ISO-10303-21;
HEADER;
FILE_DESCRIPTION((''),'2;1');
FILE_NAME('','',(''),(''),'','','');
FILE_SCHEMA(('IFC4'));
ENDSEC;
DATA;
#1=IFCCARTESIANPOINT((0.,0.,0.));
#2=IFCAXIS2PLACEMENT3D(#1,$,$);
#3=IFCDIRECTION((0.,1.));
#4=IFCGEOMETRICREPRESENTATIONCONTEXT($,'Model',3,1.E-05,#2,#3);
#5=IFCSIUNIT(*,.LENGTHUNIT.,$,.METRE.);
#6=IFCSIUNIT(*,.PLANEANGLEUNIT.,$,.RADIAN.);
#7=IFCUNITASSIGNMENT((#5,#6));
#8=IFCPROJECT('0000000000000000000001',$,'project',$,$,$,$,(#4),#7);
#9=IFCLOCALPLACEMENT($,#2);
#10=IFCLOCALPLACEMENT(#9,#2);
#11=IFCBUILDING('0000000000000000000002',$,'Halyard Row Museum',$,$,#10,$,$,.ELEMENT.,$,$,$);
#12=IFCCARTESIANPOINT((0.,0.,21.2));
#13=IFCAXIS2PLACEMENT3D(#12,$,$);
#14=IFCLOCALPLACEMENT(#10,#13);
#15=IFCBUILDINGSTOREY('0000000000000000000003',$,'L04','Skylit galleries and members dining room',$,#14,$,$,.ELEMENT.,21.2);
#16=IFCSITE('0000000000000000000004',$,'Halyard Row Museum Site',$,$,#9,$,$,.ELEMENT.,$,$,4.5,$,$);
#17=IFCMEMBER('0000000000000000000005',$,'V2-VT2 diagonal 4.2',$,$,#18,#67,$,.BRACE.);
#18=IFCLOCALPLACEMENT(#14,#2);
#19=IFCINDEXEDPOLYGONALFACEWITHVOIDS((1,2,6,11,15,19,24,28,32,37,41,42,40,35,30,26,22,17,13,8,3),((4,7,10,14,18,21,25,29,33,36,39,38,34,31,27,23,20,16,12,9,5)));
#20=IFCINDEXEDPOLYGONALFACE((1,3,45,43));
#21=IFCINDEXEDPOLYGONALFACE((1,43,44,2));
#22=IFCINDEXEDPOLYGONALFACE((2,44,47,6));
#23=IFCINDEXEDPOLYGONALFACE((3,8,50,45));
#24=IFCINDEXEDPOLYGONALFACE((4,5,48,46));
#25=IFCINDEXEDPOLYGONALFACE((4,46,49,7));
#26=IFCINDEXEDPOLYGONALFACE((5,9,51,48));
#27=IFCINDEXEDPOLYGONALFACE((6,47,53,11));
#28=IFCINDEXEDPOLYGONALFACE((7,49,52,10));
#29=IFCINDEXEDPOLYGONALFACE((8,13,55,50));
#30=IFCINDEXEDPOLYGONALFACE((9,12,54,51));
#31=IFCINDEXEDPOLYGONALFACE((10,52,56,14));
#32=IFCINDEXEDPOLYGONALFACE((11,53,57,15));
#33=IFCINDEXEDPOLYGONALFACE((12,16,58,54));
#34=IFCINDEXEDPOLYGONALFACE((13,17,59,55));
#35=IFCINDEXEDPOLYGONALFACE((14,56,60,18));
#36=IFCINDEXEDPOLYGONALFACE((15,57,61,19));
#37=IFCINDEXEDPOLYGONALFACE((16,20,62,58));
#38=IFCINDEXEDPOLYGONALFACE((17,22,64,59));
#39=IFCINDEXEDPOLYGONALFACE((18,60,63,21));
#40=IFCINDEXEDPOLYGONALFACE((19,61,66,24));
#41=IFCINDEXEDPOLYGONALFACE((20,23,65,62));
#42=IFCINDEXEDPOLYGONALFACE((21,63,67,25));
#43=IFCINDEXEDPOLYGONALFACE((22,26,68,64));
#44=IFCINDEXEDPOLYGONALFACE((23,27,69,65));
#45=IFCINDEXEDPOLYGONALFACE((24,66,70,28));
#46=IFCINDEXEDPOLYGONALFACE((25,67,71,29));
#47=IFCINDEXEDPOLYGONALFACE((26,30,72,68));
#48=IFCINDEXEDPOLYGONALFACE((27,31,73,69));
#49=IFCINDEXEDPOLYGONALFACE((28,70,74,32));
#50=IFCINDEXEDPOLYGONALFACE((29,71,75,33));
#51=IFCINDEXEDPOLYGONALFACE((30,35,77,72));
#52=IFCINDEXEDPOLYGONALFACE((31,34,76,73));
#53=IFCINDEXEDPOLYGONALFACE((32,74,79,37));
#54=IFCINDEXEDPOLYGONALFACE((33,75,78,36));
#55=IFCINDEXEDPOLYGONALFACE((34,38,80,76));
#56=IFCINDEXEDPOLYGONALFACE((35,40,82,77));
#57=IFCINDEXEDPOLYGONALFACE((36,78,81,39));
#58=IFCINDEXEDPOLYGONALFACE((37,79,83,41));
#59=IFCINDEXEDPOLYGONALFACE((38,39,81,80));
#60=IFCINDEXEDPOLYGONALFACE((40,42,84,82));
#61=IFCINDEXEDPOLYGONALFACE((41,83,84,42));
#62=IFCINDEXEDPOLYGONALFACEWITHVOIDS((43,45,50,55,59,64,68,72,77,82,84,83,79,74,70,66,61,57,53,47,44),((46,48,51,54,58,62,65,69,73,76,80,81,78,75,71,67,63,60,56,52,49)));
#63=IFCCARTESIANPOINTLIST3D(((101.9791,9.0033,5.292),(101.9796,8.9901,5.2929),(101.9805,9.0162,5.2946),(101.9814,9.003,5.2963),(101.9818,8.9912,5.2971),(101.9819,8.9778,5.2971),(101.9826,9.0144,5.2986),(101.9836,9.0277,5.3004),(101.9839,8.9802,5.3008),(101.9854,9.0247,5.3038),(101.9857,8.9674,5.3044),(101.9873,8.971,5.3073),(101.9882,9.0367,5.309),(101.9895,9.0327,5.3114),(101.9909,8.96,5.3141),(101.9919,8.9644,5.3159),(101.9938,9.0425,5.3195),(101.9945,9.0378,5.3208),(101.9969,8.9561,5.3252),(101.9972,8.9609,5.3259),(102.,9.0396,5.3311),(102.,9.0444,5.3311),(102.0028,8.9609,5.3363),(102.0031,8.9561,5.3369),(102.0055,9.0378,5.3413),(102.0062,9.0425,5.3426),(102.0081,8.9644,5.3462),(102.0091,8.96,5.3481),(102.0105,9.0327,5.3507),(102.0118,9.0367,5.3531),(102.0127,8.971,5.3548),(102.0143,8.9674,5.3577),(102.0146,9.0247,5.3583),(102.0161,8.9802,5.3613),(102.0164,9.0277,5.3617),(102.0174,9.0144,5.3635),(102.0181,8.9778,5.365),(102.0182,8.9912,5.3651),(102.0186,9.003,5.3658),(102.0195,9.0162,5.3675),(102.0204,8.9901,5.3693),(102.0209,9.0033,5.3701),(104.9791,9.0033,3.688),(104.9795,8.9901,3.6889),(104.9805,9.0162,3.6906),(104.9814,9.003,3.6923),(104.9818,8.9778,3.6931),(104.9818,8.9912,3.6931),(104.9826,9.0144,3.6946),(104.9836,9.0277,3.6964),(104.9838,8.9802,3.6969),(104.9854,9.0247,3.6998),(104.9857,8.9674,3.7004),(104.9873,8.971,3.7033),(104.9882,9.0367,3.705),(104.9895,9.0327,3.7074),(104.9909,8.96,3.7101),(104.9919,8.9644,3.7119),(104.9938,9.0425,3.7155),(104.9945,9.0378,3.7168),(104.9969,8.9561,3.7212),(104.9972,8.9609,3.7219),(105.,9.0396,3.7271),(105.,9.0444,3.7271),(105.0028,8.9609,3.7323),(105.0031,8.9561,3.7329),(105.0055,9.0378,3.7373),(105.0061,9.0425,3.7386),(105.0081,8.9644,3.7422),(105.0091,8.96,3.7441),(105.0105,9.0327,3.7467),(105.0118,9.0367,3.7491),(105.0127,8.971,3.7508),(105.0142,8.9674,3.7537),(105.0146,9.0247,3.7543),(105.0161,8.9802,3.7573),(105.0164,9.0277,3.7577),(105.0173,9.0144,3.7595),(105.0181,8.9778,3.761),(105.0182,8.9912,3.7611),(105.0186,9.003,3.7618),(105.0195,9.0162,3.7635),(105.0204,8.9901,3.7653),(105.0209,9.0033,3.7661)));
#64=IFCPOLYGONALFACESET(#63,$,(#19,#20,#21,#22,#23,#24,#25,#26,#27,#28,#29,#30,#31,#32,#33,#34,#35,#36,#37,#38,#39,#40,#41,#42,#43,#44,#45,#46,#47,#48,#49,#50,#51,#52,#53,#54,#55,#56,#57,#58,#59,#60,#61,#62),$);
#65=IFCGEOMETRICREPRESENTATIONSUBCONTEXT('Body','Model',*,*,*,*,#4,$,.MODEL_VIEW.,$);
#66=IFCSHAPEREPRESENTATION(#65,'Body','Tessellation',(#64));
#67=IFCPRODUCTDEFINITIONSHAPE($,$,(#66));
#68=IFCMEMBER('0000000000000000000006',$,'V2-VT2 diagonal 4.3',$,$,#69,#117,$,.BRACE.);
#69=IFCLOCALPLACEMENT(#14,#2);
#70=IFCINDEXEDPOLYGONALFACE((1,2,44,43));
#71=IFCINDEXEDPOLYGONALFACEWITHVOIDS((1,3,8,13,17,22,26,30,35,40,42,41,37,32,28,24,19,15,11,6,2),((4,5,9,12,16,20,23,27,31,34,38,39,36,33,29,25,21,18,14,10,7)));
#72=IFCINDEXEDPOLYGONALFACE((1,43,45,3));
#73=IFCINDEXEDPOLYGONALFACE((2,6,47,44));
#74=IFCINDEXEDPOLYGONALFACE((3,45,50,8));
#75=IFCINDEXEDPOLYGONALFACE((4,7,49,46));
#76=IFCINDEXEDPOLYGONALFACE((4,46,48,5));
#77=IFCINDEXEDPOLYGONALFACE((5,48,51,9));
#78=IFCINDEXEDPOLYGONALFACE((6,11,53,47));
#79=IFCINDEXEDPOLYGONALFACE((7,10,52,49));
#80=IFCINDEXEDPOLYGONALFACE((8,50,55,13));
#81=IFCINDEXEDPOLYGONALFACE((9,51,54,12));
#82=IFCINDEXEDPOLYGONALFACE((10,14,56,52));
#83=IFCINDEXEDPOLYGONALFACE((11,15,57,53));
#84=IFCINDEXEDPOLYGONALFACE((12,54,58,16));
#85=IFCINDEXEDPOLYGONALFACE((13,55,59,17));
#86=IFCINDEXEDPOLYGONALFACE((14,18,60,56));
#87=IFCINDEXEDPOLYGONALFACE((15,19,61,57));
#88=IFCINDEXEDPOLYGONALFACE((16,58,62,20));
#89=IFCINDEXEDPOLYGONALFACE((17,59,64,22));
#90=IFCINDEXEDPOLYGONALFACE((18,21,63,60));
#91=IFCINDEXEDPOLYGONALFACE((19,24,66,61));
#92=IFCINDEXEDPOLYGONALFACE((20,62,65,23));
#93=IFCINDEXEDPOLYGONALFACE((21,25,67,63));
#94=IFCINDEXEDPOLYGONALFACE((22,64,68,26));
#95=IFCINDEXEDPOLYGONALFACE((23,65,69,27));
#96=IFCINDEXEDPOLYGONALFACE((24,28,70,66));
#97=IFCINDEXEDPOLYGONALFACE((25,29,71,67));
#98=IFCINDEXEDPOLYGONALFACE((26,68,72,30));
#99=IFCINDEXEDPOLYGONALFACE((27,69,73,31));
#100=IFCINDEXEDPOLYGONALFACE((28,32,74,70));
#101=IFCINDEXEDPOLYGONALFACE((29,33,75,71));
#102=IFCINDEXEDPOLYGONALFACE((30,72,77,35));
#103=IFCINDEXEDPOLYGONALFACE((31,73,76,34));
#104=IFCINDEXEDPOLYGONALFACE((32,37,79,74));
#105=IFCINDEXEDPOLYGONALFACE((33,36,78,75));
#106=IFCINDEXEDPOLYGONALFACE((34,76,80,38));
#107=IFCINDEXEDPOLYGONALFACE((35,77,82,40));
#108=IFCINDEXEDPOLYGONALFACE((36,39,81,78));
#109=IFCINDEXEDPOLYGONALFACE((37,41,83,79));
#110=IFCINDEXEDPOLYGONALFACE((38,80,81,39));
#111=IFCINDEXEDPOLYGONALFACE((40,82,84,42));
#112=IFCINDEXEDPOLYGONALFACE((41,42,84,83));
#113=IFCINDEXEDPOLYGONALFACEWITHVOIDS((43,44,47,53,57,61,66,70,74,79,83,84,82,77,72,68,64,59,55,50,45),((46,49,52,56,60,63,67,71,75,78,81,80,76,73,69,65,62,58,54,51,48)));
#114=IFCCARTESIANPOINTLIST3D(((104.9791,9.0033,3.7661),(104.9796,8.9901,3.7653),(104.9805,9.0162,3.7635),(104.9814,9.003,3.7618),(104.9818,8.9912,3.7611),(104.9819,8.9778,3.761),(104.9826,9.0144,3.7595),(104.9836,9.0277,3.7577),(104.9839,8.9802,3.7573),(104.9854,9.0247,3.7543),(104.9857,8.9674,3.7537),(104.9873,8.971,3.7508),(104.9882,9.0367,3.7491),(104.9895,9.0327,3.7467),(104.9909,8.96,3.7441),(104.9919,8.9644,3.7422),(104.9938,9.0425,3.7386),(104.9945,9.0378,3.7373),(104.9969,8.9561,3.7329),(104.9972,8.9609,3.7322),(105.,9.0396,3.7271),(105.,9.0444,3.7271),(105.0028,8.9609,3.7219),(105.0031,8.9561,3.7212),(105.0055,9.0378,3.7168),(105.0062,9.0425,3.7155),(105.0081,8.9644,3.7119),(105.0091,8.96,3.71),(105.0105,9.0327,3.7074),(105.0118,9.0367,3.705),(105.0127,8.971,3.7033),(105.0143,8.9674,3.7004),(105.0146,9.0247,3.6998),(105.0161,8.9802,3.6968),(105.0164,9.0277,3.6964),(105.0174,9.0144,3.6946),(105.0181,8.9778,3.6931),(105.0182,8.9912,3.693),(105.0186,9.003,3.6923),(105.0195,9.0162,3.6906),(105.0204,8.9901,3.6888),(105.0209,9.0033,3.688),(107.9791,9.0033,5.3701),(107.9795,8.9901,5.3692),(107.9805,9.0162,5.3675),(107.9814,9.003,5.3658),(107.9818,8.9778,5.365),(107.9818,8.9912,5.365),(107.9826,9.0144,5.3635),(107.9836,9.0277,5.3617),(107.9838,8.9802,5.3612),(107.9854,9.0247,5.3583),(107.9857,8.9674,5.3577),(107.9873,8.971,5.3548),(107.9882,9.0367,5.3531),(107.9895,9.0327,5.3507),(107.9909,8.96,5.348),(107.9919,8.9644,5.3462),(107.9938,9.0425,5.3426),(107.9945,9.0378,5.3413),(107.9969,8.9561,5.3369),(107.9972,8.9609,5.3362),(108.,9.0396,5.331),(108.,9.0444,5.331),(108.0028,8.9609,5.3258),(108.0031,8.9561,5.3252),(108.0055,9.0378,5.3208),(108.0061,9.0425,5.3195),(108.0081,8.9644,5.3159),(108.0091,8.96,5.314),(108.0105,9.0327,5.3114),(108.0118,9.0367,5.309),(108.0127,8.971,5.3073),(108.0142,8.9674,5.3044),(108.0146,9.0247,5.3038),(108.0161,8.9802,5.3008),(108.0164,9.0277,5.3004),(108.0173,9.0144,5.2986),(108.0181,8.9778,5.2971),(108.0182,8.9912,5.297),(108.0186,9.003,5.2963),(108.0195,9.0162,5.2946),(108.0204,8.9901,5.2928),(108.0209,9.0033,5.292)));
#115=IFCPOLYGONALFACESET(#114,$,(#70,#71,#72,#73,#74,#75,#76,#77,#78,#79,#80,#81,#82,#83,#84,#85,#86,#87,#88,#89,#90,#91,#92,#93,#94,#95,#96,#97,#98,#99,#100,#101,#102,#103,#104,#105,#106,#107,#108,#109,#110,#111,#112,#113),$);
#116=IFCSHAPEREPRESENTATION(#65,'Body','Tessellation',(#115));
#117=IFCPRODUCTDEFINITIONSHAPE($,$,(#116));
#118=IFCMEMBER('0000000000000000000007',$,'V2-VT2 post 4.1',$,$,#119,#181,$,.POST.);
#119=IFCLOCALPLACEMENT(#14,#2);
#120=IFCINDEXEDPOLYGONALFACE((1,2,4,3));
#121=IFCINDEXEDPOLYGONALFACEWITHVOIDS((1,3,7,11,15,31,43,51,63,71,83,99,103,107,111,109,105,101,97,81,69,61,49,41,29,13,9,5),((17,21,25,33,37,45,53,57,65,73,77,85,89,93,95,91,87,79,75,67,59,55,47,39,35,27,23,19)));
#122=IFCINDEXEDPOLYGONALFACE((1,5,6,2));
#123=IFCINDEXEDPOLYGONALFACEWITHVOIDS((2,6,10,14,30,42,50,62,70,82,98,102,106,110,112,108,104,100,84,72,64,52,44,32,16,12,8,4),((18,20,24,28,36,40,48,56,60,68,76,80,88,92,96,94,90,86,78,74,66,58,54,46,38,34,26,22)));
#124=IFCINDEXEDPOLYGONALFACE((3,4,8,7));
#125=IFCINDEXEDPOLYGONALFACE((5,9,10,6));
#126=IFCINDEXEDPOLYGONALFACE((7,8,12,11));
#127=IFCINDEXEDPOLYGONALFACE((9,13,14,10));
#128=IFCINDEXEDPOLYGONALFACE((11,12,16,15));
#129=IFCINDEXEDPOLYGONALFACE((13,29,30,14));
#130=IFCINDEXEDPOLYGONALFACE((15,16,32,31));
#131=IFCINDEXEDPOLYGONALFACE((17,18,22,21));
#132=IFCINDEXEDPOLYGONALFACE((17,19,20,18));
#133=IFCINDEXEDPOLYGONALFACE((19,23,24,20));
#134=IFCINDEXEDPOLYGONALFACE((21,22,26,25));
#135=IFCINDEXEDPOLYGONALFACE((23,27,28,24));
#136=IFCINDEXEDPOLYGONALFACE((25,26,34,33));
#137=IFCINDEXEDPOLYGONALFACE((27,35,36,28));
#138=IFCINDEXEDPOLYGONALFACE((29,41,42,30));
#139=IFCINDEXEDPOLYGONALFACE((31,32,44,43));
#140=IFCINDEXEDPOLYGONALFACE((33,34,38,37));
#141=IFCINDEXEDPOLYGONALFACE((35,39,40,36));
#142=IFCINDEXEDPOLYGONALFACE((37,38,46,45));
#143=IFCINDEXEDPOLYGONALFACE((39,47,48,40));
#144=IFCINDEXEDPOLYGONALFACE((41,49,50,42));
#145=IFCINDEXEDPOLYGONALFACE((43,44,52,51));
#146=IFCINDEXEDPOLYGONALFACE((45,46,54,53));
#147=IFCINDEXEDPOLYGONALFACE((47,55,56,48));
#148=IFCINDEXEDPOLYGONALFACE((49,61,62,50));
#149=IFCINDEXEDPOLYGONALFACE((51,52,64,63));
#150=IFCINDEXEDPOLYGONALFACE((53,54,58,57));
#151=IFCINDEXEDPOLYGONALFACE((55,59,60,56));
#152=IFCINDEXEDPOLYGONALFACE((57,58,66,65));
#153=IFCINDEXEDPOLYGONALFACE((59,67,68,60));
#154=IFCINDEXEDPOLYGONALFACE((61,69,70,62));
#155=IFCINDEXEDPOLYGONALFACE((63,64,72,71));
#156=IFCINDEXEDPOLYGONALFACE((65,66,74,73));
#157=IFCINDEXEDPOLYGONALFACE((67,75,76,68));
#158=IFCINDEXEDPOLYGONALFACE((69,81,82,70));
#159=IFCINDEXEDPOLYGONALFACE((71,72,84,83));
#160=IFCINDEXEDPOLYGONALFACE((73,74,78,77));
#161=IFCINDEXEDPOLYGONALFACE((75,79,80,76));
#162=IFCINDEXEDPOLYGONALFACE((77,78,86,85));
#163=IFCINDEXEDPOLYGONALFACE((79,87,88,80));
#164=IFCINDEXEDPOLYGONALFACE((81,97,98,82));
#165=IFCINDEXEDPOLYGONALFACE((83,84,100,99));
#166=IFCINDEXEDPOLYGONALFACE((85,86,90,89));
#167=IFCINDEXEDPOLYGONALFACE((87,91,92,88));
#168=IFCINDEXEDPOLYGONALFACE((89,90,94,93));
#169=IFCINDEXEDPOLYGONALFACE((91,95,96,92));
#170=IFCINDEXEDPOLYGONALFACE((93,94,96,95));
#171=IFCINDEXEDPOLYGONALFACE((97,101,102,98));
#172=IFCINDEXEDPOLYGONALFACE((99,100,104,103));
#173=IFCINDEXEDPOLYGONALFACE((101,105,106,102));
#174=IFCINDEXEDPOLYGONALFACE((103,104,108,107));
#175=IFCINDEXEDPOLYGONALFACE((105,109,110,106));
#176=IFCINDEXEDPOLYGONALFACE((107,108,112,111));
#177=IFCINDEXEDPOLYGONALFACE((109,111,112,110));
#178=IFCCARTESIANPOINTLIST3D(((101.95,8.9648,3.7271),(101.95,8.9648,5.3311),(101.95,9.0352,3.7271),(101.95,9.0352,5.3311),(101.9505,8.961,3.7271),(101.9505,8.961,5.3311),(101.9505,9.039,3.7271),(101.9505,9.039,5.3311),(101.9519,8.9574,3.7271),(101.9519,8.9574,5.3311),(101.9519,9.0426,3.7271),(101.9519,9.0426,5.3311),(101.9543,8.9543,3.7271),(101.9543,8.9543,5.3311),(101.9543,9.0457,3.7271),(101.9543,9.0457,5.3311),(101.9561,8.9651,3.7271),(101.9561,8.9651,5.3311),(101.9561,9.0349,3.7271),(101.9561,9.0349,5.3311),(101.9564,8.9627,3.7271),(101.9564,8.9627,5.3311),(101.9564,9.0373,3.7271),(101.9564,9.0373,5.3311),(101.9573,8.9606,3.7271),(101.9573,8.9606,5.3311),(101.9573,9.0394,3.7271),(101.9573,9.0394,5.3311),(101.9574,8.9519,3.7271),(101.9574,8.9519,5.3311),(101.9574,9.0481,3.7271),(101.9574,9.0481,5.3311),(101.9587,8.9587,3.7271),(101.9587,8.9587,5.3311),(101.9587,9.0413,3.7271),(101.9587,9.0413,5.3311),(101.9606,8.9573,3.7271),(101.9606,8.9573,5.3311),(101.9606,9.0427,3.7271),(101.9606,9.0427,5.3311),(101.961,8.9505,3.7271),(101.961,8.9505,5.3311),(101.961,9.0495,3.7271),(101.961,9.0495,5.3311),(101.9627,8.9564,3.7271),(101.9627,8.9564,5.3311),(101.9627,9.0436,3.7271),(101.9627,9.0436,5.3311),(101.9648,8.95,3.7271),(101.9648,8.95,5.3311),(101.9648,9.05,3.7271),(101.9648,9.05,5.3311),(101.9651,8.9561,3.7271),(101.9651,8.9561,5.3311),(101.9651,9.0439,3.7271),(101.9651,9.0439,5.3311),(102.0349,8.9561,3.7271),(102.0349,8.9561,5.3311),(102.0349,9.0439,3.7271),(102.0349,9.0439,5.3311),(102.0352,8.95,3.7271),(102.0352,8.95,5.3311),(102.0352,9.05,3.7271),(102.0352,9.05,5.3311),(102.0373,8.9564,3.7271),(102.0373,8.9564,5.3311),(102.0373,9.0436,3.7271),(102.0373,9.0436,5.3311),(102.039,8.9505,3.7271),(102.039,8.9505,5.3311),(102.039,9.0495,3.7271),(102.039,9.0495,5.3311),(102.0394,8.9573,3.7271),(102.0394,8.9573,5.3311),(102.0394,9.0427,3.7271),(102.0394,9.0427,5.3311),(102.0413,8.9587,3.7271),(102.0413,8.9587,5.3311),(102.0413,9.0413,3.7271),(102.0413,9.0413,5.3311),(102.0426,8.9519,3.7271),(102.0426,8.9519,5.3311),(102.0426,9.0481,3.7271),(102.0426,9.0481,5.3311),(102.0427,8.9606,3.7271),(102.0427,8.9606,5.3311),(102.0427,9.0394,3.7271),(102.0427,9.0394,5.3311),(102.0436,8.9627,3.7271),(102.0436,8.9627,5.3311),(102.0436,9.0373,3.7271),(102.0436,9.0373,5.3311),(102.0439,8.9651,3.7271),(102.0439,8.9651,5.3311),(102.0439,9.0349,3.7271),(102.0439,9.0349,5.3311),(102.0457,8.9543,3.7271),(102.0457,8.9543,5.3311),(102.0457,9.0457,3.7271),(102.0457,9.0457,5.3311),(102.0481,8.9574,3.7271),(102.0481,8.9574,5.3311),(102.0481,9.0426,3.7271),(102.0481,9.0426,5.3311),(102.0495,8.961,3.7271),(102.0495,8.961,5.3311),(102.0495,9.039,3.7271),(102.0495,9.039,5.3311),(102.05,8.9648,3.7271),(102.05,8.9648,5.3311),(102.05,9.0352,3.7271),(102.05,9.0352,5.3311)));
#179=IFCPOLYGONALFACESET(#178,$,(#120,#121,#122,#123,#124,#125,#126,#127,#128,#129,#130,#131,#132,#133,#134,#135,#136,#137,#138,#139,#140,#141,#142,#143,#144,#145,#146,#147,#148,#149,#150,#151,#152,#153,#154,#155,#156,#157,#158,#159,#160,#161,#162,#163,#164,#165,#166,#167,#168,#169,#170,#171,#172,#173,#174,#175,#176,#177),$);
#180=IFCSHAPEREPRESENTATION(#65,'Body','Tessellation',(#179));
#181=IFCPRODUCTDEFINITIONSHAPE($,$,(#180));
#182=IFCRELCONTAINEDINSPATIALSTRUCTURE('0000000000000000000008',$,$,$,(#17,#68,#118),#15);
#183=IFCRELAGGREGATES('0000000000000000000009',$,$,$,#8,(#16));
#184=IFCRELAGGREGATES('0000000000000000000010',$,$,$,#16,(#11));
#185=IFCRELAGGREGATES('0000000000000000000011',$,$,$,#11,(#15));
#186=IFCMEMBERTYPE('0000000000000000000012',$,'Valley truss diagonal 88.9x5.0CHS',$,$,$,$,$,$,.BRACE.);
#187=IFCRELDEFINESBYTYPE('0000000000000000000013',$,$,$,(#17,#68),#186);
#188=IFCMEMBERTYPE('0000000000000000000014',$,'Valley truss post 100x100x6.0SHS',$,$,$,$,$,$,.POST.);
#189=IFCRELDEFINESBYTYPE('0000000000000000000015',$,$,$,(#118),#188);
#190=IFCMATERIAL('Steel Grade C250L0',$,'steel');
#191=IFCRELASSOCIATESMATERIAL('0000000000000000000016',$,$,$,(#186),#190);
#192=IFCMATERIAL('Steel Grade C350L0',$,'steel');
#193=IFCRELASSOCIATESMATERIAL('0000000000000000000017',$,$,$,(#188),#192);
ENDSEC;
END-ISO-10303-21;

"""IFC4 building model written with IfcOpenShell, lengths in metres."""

from ifc_helpers import new_model, si_unit, direction, frame, origin, origin_2d, place, context, subcontext, project, spatial, hollow_rectangle, hollow_circle, extrude, material, material_profile, profile_set, type_object, element, save


model = new_model("IFC4")

# Units and contexts
model_context = context("Model", 3, precision=1e-05, world=origin(), true_north=direction((0.0, 1.0)))
body_context = subcontext(model_context, "Body", "Model", "MODEL_VIEW")
ifc_project = project(units=[si_unit("LENGTHUNIT", "METRE"), si_unit("PLANEANGLEUNIT", "RADIAN")], contexts=[model_context])

# Site, building, storey
site_placement = place(None, origin())
site = spatial("IfcSite", under=ifc_project, at=site_placement, Name="Halyard Row Museum Site", CompositionType="ELEMENT", RefElevation=4.5)
building_placement = place(site_placement, origin())
building = spatial("IfcBuilding", under=site, at=building_placement, Name="Halyard Row Museum", CompositionType="ELEMENT")
storey_placement = place(building_placement, frame((0.0, 0.0, 21.2)))
storey = spatial("IfcBuildingStorey", under=building, at=storey_placement, Name="L04", Description="Skylit galleries and members dining room", CompositionType="ELEMENT", Elevation=21.2)

# Members
ifc_material_1 = material(Name="Steel Grade C250L0", Category="steel")
ifc_material_profile_1 = material_profile(ifc_material_1, hollow_circle(Radius=0.0444, WallThickness=0.0049, at=origin_2d()), Name="88.9x5.0CHS")
ifc_profile_set_1 = profile_set([ifc_material_profile_1], Name="Steel Grade C250L0")
member_type_1 = type_object("IfcMemberType", Name="Valley truss diagonal 88.9x5.0CHS", PredefinedType="BRACE", material=ifc_profile_set_1)
for number, where, z_axis, x_axis, name in (
    (1, (102.0, 9.0, 5.3311), (0.881864, 0.0, -0.471504), (0.0, 1.0, 0.0), "V2-VT2 diagonal 4.2"),
    (2, (105.0, 9.0, 3.7271), (0.881864, 0.0, 0.471504), (0.0, 1.0, 0.0), "V2-VT2 diagonal 4.3"),
):
    element("IfcMember", number, at=place(storey_placement, frame(where, z_axis=z_axis, x_axis=x_axis)), inside=storey, type_object=member_type_1, Name=name, PredefinedType="BRACE", context=body_context, shape_type="SweptSolid", body=[
        extrude(hollow_circle(Radius=0.0444, WallThickness=0.0049, at=origin_2d()), origin(), (0.0, 0.0, 1.0), 3.4019),
    ])
ifc_material_2 = material(Name="Steel Grade C350L0", Category="steel")
ifc_material_profile_2 = material_profile(ifc_material_2, hollow_rectangle(XDim=0.1001, YDim=0.1001, WallThickness=0.0061, InnerFilletRadius=0.009, OuterFilletRadius=0.0149, at=origin_2d()), Name="100x100x6.0SHS")
ifc_profile_set_2 = profile_set([ifc_material_profile_2], Name="Steel Grade C350L0")
member_type_2 = type_object("IfcMemberType", Name="Valley truss post 100x100x6.0SHS", PredefinedType="POST", material=ifc_profile_set_2)
for number, where, z_axis, x_axis, name in (
    (3, (102.0, 9.0, 3.7271), (0.0, 0.0, 1.0), (1.0, 0.0, 0.0), "V2-VT2 post 4.1"),
):
    element("IfcMember", number, at=place(storey_placement, frame(where, z_axis=z_axis, x_axis=x_axis)), inside=storey, type_object=member_type_2, Name=name, PredefinedType="POST", context=body_context, shape_type="SweptSolid", body=[
        extrude(hollow_rectangle(XDim=0.1001, YDim=0.1001, WallThickness=0.0061, InnerFilletRadius=0.009, OuterFilletRadius=0.0149, at=origin_2d()), origin(), (0.0, 0.0, 1.0), 1.604),
    ])

save(model, "model.ifc")
